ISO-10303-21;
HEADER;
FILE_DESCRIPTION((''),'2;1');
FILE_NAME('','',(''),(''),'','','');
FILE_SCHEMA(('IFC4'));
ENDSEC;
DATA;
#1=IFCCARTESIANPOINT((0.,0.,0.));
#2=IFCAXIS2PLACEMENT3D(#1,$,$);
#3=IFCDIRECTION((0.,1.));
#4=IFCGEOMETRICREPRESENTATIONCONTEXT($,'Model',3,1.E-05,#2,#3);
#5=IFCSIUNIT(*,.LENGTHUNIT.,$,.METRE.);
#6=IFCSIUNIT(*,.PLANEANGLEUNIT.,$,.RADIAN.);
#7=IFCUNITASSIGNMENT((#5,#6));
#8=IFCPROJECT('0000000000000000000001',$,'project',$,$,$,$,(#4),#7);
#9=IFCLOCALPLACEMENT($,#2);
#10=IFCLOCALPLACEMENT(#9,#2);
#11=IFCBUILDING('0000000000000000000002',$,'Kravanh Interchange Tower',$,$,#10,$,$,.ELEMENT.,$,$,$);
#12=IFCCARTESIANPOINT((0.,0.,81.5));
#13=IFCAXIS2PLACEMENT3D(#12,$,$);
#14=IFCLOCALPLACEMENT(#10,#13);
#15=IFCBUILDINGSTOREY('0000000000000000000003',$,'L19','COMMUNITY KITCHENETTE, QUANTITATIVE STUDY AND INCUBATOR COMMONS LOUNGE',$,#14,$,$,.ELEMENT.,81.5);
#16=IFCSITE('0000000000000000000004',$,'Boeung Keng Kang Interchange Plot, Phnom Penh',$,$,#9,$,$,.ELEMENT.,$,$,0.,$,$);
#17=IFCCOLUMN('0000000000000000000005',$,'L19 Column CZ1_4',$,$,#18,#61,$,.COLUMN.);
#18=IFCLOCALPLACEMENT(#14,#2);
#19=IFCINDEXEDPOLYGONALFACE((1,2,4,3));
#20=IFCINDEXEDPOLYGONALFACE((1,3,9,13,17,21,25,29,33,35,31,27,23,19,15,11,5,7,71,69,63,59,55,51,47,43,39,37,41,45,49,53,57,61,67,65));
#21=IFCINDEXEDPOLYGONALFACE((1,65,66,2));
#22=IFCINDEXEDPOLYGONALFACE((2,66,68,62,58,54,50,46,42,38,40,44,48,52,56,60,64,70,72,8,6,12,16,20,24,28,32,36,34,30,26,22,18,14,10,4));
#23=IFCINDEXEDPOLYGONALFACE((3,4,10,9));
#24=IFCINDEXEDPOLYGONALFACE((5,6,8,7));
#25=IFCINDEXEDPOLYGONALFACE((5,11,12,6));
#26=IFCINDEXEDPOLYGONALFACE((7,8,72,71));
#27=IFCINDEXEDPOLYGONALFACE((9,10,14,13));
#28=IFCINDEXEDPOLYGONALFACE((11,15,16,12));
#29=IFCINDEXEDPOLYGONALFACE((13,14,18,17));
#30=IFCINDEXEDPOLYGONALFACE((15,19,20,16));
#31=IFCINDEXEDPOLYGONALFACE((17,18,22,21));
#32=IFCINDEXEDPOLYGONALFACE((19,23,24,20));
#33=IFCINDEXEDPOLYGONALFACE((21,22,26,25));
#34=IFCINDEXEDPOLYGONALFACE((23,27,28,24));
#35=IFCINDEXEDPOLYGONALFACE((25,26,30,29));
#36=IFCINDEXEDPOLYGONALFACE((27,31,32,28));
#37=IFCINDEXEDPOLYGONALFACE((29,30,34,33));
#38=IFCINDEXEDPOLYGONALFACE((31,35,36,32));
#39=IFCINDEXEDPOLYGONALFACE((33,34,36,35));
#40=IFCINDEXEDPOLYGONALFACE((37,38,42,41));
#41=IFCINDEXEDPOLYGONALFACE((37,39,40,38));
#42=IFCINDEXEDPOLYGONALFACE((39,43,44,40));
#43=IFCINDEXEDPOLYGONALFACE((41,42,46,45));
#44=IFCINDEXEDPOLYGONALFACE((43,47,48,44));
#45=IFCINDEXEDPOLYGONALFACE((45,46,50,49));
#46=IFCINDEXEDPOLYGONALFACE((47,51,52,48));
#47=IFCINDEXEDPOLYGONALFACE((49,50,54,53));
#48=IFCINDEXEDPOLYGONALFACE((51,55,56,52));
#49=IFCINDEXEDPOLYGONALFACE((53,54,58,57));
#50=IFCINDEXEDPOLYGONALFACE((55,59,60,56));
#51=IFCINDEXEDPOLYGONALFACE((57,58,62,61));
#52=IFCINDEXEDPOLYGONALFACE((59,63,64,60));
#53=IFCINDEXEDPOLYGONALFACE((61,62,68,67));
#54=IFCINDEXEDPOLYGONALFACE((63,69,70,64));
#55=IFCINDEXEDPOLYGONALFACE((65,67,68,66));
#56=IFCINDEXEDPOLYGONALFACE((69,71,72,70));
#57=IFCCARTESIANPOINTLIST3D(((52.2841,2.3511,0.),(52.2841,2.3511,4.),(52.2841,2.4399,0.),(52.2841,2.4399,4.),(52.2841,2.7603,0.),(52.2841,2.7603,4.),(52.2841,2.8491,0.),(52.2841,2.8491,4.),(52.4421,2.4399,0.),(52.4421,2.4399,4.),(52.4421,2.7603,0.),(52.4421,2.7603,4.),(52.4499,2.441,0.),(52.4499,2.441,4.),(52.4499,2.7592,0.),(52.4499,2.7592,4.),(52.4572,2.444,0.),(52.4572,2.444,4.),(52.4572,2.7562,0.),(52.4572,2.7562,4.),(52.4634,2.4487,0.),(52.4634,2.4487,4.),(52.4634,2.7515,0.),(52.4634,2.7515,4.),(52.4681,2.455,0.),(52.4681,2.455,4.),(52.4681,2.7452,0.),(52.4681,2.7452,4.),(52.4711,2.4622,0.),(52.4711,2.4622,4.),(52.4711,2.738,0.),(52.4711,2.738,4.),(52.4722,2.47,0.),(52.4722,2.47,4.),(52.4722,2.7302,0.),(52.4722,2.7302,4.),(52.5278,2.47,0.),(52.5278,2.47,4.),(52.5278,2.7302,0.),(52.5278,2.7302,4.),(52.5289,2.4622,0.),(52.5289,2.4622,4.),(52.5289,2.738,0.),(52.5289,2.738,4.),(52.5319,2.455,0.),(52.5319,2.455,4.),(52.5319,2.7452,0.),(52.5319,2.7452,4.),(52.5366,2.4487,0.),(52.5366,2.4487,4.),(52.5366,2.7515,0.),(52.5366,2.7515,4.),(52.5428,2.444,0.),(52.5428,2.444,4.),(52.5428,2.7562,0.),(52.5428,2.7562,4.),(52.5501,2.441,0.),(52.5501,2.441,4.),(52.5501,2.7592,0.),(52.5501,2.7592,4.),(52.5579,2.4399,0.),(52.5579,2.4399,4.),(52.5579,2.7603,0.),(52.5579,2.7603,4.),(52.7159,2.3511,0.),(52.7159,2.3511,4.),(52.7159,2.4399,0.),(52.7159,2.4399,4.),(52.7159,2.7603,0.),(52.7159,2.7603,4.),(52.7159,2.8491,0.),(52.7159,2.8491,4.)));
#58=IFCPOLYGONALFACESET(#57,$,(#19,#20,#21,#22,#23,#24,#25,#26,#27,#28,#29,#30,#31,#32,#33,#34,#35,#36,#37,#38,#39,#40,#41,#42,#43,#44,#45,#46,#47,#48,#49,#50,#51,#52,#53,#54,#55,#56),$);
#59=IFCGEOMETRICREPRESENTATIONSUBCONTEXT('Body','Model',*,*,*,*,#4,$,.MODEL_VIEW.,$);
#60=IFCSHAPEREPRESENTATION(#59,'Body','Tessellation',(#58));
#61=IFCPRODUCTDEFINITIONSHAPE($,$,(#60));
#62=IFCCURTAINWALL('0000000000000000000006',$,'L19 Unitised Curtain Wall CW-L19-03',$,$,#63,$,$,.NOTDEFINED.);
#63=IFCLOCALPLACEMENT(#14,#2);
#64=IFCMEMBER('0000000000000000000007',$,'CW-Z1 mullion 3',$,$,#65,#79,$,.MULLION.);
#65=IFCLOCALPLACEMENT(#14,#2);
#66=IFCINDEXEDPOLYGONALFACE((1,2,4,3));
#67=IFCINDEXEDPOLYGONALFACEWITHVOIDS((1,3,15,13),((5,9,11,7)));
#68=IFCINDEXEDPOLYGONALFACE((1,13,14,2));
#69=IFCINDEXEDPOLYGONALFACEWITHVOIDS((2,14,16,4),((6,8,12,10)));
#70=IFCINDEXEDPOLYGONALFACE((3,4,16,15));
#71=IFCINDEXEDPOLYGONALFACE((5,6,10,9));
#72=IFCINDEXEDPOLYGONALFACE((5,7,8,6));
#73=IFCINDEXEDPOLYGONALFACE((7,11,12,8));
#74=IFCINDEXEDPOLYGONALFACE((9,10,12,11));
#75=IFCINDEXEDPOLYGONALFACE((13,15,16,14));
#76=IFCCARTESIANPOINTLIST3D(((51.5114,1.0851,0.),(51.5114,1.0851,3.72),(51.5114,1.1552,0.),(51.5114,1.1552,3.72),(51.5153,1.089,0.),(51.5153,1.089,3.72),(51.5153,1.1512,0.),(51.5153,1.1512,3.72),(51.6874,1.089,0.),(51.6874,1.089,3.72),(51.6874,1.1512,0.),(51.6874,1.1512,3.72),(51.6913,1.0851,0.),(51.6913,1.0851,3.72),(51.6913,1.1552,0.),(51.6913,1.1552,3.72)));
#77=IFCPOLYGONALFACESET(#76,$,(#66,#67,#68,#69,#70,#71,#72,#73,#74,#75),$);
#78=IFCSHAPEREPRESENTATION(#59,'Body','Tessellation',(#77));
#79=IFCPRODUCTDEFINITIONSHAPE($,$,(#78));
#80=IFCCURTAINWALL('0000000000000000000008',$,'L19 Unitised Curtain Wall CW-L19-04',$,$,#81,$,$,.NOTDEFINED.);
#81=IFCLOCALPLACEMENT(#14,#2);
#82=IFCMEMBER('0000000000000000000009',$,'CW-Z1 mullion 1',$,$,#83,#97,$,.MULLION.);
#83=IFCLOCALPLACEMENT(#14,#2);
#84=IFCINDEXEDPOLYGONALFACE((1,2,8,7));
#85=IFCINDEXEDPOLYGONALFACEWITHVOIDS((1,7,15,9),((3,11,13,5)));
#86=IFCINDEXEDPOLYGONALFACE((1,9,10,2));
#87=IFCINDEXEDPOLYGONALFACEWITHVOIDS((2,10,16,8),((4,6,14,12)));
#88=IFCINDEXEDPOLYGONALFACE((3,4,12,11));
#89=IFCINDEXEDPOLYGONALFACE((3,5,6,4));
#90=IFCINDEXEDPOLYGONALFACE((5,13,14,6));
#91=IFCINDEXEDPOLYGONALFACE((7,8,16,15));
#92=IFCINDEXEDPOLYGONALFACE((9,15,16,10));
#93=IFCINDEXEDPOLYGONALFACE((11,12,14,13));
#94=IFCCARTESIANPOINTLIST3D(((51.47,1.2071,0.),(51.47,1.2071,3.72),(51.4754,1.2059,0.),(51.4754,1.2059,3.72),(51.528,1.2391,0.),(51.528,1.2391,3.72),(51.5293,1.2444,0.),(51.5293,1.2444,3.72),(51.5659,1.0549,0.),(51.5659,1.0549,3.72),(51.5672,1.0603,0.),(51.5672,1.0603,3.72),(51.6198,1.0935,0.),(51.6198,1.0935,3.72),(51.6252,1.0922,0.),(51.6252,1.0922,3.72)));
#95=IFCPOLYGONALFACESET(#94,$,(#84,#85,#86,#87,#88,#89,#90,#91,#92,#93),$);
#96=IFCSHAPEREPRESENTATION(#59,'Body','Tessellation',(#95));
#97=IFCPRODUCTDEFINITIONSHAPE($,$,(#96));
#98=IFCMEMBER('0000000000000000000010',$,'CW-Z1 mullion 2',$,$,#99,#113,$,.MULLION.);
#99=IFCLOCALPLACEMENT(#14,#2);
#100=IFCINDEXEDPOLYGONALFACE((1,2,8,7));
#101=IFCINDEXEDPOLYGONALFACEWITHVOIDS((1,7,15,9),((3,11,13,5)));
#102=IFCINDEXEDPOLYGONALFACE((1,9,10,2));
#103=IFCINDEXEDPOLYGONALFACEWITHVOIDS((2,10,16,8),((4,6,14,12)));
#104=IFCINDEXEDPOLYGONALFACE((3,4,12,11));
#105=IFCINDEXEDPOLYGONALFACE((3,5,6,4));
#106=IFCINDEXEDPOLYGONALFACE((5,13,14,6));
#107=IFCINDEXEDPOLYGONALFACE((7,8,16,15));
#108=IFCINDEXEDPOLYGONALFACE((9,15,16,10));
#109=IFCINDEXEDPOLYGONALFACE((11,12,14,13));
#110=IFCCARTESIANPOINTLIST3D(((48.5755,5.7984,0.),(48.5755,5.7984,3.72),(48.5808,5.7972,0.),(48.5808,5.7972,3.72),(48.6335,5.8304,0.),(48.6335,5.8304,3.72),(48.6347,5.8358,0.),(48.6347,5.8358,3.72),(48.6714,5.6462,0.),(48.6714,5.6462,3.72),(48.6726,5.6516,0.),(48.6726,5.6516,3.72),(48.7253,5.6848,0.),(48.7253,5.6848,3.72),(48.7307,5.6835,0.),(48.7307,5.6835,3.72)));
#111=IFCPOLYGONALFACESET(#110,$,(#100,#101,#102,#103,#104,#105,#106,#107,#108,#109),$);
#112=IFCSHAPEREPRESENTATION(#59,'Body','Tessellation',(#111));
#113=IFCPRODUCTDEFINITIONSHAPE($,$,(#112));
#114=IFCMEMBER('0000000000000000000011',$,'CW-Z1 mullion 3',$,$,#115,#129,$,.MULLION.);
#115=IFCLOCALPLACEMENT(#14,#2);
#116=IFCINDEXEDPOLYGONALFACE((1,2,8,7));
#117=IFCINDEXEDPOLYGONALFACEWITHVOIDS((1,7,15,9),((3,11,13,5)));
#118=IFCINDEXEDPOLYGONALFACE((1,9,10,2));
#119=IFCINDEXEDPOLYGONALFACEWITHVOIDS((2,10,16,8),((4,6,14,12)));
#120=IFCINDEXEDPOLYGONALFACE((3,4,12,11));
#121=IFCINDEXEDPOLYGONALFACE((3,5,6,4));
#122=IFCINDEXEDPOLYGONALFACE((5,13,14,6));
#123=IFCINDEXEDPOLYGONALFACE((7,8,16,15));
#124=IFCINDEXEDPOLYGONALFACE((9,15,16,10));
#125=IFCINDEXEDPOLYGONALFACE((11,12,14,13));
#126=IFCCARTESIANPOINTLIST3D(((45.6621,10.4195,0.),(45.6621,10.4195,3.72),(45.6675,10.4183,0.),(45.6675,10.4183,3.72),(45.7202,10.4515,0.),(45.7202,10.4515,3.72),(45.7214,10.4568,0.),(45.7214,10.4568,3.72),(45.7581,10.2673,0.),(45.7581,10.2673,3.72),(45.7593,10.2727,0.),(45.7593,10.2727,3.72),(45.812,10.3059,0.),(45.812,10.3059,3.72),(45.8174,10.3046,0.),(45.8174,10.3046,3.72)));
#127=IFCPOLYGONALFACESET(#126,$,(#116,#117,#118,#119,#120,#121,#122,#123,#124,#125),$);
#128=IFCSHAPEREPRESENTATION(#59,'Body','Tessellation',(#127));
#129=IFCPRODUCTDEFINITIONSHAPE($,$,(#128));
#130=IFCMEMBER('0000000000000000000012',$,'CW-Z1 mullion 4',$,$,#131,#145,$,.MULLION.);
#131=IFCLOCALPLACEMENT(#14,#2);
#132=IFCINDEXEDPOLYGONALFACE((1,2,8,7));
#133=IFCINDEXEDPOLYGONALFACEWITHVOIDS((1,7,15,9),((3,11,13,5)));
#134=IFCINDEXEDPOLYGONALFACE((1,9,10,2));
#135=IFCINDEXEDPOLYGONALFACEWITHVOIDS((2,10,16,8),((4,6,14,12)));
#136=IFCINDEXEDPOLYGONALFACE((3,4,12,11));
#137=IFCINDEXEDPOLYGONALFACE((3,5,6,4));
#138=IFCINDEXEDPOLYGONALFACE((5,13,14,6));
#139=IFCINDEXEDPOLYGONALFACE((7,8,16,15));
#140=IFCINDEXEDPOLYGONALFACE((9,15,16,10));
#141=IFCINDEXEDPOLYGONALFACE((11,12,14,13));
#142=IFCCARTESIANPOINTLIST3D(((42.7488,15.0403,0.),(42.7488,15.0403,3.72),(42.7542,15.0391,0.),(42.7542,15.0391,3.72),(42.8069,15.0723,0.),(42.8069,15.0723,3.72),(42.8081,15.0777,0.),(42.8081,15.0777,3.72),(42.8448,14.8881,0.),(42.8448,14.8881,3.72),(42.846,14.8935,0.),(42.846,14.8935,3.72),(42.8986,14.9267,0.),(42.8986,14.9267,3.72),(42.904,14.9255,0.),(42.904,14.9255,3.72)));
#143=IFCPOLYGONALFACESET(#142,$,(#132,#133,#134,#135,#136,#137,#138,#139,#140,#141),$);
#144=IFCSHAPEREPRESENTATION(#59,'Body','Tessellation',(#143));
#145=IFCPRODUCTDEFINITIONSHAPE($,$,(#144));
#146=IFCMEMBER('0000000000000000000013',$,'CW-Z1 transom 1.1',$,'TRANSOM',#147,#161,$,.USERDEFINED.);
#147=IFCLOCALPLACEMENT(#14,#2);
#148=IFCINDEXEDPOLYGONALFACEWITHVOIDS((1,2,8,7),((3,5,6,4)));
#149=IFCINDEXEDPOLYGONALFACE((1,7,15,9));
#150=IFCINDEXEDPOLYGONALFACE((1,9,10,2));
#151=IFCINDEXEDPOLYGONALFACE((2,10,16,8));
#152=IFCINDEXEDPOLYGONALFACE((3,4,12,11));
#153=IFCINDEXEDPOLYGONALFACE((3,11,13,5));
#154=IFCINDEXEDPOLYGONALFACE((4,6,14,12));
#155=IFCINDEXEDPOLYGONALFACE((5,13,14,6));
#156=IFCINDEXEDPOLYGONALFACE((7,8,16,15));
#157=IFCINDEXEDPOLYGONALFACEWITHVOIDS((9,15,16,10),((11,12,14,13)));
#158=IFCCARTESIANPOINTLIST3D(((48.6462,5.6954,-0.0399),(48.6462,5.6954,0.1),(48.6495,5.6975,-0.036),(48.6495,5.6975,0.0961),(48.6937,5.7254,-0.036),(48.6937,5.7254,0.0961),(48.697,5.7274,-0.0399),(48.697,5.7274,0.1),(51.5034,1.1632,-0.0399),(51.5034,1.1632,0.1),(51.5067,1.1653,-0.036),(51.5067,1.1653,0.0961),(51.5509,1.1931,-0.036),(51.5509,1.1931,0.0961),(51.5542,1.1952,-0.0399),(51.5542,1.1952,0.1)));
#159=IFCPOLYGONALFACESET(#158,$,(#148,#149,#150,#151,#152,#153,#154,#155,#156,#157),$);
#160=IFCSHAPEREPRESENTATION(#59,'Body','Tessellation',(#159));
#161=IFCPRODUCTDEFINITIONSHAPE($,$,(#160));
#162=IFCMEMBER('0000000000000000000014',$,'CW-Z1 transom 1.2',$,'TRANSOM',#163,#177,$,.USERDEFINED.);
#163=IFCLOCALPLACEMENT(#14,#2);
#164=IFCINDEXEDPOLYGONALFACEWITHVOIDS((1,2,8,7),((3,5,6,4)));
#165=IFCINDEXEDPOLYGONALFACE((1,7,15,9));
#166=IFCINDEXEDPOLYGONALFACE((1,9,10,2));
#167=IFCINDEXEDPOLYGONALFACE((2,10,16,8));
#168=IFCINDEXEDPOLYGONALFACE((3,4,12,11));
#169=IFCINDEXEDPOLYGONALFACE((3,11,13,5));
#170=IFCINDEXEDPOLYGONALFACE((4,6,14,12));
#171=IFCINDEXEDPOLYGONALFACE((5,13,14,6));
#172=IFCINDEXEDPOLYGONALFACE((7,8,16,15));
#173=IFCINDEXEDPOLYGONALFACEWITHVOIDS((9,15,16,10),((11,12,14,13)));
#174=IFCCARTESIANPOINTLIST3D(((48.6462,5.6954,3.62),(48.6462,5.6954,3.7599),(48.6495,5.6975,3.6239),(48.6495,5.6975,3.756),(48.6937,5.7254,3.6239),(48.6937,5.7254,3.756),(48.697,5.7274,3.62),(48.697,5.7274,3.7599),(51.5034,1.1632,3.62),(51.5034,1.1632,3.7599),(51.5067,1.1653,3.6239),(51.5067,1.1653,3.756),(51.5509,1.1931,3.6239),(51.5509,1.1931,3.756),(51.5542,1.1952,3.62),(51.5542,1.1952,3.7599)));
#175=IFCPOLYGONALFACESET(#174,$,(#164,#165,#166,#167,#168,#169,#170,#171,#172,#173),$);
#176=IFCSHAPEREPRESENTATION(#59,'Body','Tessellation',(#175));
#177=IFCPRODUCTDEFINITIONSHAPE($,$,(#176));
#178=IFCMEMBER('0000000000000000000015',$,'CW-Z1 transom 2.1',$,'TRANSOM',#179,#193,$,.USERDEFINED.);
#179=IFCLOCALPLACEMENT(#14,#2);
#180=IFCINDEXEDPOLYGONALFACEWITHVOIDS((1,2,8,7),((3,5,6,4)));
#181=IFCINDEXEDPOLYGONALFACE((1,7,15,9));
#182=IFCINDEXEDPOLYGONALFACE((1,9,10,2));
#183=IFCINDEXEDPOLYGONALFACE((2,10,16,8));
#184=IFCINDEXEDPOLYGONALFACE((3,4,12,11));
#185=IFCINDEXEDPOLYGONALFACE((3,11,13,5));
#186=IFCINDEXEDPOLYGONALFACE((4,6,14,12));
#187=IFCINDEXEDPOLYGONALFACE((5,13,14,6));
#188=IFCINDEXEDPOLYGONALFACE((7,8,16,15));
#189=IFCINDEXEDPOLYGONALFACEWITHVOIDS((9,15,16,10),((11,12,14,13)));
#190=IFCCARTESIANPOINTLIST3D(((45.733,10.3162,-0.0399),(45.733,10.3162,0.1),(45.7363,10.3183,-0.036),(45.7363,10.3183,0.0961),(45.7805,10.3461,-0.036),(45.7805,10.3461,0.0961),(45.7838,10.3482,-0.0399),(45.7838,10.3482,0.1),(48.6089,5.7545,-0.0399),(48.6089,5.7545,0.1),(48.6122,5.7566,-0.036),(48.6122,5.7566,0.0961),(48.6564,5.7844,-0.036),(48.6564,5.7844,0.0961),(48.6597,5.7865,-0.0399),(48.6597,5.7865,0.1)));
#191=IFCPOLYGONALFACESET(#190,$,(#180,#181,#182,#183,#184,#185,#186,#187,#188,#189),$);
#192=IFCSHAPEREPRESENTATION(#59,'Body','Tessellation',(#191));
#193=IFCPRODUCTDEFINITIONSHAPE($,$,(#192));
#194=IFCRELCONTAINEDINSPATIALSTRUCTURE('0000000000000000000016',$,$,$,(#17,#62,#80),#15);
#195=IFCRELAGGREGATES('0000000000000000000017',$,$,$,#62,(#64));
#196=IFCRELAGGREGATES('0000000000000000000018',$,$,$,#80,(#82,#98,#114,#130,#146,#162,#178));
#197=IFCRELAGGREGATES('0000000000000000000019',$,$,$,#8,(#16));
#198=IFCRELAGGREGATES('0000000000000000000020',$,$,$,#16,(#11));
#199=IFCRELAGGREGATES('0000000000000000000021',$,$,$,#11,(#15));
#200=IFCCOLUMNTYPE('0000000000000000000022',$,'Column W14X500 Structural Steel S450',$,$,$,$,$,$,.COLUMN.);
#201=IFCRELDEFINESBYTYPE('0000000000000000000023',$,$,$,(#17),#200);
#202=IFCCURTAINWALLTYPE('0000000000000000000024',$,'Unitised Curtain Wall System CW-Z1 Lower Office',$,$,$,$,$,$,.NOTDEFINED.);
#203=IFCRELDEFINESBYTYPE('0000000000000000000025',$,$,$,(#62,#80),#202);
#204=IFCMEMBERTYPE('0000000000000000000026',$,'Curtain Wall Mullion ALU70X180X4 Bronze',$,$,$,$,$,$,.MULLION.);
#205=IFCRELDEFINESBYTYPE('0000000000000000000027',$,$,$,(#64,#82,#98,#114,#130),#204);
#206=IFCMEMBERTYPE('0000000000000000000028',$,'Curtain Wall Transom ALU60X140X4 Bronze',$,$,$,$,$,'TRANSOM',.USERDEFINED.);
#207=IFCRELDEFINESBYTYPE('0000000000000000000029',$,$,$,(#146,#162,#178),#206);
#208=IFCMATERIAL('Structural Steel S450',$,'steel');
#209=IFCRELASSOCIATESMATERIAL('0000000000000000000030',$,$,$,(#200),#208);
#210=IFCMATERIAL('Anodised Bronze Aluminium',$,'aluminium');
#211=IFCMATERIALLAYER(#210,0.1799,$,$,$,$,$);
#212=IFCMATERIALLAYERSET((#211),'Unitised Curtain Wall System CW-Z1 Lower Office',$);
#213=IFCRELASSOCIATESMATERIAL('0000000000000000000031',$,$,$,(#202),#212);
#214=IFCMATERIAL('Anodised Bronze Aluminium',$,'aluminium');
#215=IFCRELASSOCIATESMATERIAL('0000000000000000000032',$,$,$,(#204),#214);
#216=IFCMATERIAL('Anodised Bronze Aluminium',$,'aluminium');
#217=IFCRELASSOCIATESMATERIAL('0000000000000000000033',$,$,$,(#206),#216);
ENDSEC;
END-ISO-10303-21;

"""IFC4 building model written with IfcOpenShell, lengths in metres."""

from ifc_helpers import new_model, si_unit, direction, frame, origin, origin_2d, place, context, subcontext, project, spatial, hollow_rectangle, i_section, extrude, material, layer, layer_set, material_profile, profile_set, type_object, element, aggregate, save


model = new_model("IFC4")

# Units and contexts
model_context = context("Model", 3, precision=1e-05, world=origin(), true_north=direction((0.0, 1.0)))
body_context = subcontext(model_context, "Body", "Model", "MODEL_VIEW")
ifc_project = project(units=[si_unit("LENGTHUNIT", "METRE"), si_unit("PLANEANGLEUNIT", "RADIAN")], contexts=[model_context])

# Site, building, storey
site_placement = place(None, origin())
site = spatial("IfcSite", under=ifc_project, at=site_placement, Name="Boeung Keng Kang Interchange Plot, Phnom Penh", CompositionType="ELEMENT", RefElevation=0.0)
building_placement = place(site_placement, origin())
building = spatial("IfcBuilding", under=site, at=building_placement, Name="Kravanh Interchange Tower", CompositionType="ELEMENT")
storey_placement = place(building_placement, frame((0.0, 0.0, 81.5)))
storey = spatial("IfcBuildingStorey", under=building, at=storey_placement, Name="L19", Description="COMMUNITY KITCHENETTE, QUANTITATIVE STUDY AND INCUBATOR COMMONS LOUNGE", CompositionType="ELEMENT", Elevation=81.5)

# Column
ifc_material_1 = material(Name="Structural Steel S450", Category="steel")
ifc_material_profile_1 = material_profile(ifc_material_1, i_section(OverallWidth=0.4319, OverallDepth=0.498, WebThickness=0.0557, FlangeThickness=0.0889, FilletRadius=0.03, at=origin_2d()), Name="W14X500")
ifc_profile_set_1 = profile_set([ifc_material_profile_1], Name="Structural Steel S450")
column_type = type_object("IfcColumnType", Name="Column W14X500 Structural Steel S450", PredefinedType="COLUMN", material=ifc_profile_set_1)
column_placement = place(storey_placement, frame((52.5, 2.6001, 0.0), z_axis=(0.0, 0.0, 1.0), x_axis=(1.0, 0.0, 0.0)))
element("IfcColumn", 1, at=column_placement, inside=storey, type_object=column_type, Name="L19 Column CZ1_4", PredefinedType="COLUMN", context=body_context, shape_type="SweptSolid", body=[
    extrude(i_section(OverallWidth=0.4319, OverallDepth=0.498, WebThickness=0.0557, FlangeThickness=0.0889, FilletRadius=0.03, at=origin_2d()), origin(), (0.0, 0.0, 1.0), 4.0),
])

# Curtain wall, member
ifc_material_2 = material(Name="Anodised Bronze Aluminium", Category="aluminium")
ifc_layer_1 = layer(ifc_material_2, 0.1799)
ifc_layer_set_1 = layer_set([ifc_layer_1], Name="Unitised Curtain Wall System CW-Z1 Lower Office")
curtain_wall_type = type_object("IfcCurtainWallType", Name="Unitised Curtain Wall System CW-Z1 Lower Office", PredefinedType="NOTDEFINED", material=ifc_layer_set_1)
curtain_wall_1_placement = place(storey_placement, origin())
curtain_wall_1 = element("IfcCurtainWall", 2, at=curtain_wall_1_placement, inside=storey, type_object=curtain_wall_type, Name="L19 Unitised Curtain Wall CW-L19-03", PredefinedType="NOTDEFINED")
ifc_material_3 = material(Name="Anodised Bronze Aluminium", Category="aluminium")
ifc_material_profile_2 = material_profile(ifc_material_3, hollow_rectangle(XDim=0.0701, YDim=0.1799, WallThickness=0.0039, at=origin_2d()), Name="ALU70X180X4")
ifc_profile_set_2 = profile_set([ifc_material_profile_2], Name="Anodised Bronze Aluminium")
member_type_1 = type_object("IfcMemberType", Name="Curtain Wall Mullion ALU70X180X4 Bronze", PredefinedType="MULLION", material=ifc_profile_set_2)
member_1_placement = place(storey_placement, frame((51.6013, 1.1201, 0.0), z_axis=(0.0, 0.0, 1.0), x_axis=(0.0, -1.0, 0.0)))
member_1 = element("IfcMember", 3, at=member_1_placement, type_object=member_type_1, Name="CW-Z1 mullion 3", PredefinedType="MULLION", context=body_context, shape_type="SweptSolid", body=[
    extrude(hollow_rectangle(XDim=0.0701, YDim=0.1799, WallThickness=0.0039, at=origin_2d()), origin(), (0.0, 0.0, 1.0), 3.72),
])
aggregate(curtain_wall_1, [member_1])

# Curtain wall, members
curtain_wall_2_placement = place(storey_placement, origin())
curtain_wall_2 = element("IfcCurtainWall", 4, at=curtain_wall_2_placement, inside=storey, type_object=curtain_wall_type, Name="L19 Unitised Curtain Wall CW-L19-04", PredefinedType="NOTDEFINED")
member_2_placement = place(storey_placement, frame((51.5476, 1.1497, 0.0), z_axis=(0.0, 0.0, 1.0), x_axis=(-0.845926, -0.533301, 0.0)))
member_2 = element("IfcMember", 5, at=member_2_placement, type_object=member_type_1, Name="CW-Z1 mullion 1", PredefinedType="MULLION", context=body_context, shape_type="SweptSolid", body=[
    extrude(hollow_rectangle(XDim=0.0701, YDim=0.1799, WallThickness=0.0039, at=origin_2d()), origin(), (0.0, 0.0, 1.0), 3.72),
])
member_3_placement = place(storey_placement, frame((48.6531, 5.741, 0.0), z_axis=(0.0, 0.0, 1.0), x_axis=(-0.845926, -0.533301, 0.0)))
member_3 = element("IfcMember", 6, at=member_3_placement, type_object=member_type_1, Name="CW-Z1 mullion 2", PredefinedType="MULLION", context=body_context, shape_type="SweptSolid", body=[
    extrude(hollow_rectangle(XDim=0.0701, YDim=0.1799, WallThickness=0.0039, at=origin_2d()), origin(), (0.0, 0.0, 1.0), 3.72),
])
member_4_placement = place(storey_placement, frame((45.7397, 10.3621, 0.0), z_axis=(0.0, 0.0, 1.0), x_axis=(-0.845926, -0.533301, 0.0)))
member_4 = element("IfcMember", 7, at=member_4_placement, type_object=member_type_1, Name="CW-Z1 mullion 3", PredefinedType="MULLION", context=body_context, shape_type="SweptSolid", body=[
    extrude(hollow_rectangle(XDim=0.0701, YDim=0.1799, WallThickness=0.0039, at=origin_2d()), origin(), (0.0, 0.0, 1.0), 3.72),
])
member_5_placement = place(storey_placement, frame((42.8264, 14.9829, 0.0), z_axis=(0.0, 0.0, 1.0), x_axis=(-0.845926, -0.533301, 0.0)))
member_5 = element("IfcMember", 8, at=member_5_placement, type_object=member_type_1, Name="CW-Z1 mullion 4", PredefinedType="MULLION", context=body_context, shape_type="SweptSolid", body=[
    extrude(hollow_rectangle(XDim=0.0701, YDim=0.1799, WallThickness=0.0039, at=origin_2d()), origin(), (0.0, 0.0, 1.0), 3.72),
])
ifc_material_4 = material(Name="Anodised Bronze Aluminium", Category="aluminium")
ifc_material_profile_3 = material_profile(ifc_material_4, hollow_rectangle(XDim=0.0601, YDim=0.1399, WallThickness=0.0039, at=origin_2d()), Name="ALU60X140X4")
ifc_profile_set_3 = profile_set([ifc_material_profile_3], Name="Anodised Bronze Aluminium")
member_type_2 = type_object("IfcMemberType", Name="Curtain Wall Transom ALU60X140X4 Bronze", ElementType="TRANSOM", PredefinedType="USERDEFINED", material=ifc_profile_set_3)
member_6_placement = place(storey_placement, frame((51.5288, 1.1792, 0.03), z_axis=(-0.533288, 0.845934, 0.0), x_axis=(-0.845934, -0.533288, 0.0)))
member_6 = element("IfcMember", 9, at=member_6_placement, type_object=member_type_2, Name="CW-Z1 transom 1.1", ObjectType="TRANSOM", PredefinedType="USERDEFINED", context=body_context, shape_type="SweptSolid", body=[
    extrude(hollow_rectangle(XDim=0.0601, YDim=0.1399, WallThickness=0.0039, at=origin_2d()), origin(), (0.0, 0.0, 1.0), 5.3577),
])
member_7_placement = place(storey_placement, frame((51.5288, 1.1792, 3.6899), z_axis=(-0.533288, 0.845934, 0.0), x_axis=(-0.845934, -0.533288, 0.0)))
member_7 = element("IfcMember", 10, at=member_7_placement, type_object=member_type_2, Name="CW-Z1 transom 1.2", ObjectType="TRANSOM", PredefinedType="USERDEFINED", context=body_context, shape_type="SweptSolid", body=[
    extrude(hollow_rectangle(XDim=0.0601, YDim=0.1399, WallThickness=0.0039, at=origin_2d()), origin(), (0.0, 0.0, 1.0), 5.3577),
])
member_8_placement = place(storey_placement, frame((48.6343, 5.7705, 0.03), z_axis=(-0.533311, 0.845919, 0.0), x_axis=(-0.845919, -0.533311, 0.0)))
member_8 = element("IfcMember", 11, at=member_8_placement, type_object=member_type_2, Name="CW-Z1 transom 2.1", ObjectType="TRANSOM", PredefinedType="USERDEFINED", context=body_context, shape_type="SweptSolid", body=[
    extrude(hollow_rectangle(XDim=0.0601, YDim=0.1399, WallThickness=0.0039, at=origin_2d()), origin(), (0.0, 0.0, 1.0), 5.3926),
])

aggregate(curtain_wall_2, [member_2, member_3, member_4, member_5, member_6, member_7, member_8])

save(model, "model.ifc")
